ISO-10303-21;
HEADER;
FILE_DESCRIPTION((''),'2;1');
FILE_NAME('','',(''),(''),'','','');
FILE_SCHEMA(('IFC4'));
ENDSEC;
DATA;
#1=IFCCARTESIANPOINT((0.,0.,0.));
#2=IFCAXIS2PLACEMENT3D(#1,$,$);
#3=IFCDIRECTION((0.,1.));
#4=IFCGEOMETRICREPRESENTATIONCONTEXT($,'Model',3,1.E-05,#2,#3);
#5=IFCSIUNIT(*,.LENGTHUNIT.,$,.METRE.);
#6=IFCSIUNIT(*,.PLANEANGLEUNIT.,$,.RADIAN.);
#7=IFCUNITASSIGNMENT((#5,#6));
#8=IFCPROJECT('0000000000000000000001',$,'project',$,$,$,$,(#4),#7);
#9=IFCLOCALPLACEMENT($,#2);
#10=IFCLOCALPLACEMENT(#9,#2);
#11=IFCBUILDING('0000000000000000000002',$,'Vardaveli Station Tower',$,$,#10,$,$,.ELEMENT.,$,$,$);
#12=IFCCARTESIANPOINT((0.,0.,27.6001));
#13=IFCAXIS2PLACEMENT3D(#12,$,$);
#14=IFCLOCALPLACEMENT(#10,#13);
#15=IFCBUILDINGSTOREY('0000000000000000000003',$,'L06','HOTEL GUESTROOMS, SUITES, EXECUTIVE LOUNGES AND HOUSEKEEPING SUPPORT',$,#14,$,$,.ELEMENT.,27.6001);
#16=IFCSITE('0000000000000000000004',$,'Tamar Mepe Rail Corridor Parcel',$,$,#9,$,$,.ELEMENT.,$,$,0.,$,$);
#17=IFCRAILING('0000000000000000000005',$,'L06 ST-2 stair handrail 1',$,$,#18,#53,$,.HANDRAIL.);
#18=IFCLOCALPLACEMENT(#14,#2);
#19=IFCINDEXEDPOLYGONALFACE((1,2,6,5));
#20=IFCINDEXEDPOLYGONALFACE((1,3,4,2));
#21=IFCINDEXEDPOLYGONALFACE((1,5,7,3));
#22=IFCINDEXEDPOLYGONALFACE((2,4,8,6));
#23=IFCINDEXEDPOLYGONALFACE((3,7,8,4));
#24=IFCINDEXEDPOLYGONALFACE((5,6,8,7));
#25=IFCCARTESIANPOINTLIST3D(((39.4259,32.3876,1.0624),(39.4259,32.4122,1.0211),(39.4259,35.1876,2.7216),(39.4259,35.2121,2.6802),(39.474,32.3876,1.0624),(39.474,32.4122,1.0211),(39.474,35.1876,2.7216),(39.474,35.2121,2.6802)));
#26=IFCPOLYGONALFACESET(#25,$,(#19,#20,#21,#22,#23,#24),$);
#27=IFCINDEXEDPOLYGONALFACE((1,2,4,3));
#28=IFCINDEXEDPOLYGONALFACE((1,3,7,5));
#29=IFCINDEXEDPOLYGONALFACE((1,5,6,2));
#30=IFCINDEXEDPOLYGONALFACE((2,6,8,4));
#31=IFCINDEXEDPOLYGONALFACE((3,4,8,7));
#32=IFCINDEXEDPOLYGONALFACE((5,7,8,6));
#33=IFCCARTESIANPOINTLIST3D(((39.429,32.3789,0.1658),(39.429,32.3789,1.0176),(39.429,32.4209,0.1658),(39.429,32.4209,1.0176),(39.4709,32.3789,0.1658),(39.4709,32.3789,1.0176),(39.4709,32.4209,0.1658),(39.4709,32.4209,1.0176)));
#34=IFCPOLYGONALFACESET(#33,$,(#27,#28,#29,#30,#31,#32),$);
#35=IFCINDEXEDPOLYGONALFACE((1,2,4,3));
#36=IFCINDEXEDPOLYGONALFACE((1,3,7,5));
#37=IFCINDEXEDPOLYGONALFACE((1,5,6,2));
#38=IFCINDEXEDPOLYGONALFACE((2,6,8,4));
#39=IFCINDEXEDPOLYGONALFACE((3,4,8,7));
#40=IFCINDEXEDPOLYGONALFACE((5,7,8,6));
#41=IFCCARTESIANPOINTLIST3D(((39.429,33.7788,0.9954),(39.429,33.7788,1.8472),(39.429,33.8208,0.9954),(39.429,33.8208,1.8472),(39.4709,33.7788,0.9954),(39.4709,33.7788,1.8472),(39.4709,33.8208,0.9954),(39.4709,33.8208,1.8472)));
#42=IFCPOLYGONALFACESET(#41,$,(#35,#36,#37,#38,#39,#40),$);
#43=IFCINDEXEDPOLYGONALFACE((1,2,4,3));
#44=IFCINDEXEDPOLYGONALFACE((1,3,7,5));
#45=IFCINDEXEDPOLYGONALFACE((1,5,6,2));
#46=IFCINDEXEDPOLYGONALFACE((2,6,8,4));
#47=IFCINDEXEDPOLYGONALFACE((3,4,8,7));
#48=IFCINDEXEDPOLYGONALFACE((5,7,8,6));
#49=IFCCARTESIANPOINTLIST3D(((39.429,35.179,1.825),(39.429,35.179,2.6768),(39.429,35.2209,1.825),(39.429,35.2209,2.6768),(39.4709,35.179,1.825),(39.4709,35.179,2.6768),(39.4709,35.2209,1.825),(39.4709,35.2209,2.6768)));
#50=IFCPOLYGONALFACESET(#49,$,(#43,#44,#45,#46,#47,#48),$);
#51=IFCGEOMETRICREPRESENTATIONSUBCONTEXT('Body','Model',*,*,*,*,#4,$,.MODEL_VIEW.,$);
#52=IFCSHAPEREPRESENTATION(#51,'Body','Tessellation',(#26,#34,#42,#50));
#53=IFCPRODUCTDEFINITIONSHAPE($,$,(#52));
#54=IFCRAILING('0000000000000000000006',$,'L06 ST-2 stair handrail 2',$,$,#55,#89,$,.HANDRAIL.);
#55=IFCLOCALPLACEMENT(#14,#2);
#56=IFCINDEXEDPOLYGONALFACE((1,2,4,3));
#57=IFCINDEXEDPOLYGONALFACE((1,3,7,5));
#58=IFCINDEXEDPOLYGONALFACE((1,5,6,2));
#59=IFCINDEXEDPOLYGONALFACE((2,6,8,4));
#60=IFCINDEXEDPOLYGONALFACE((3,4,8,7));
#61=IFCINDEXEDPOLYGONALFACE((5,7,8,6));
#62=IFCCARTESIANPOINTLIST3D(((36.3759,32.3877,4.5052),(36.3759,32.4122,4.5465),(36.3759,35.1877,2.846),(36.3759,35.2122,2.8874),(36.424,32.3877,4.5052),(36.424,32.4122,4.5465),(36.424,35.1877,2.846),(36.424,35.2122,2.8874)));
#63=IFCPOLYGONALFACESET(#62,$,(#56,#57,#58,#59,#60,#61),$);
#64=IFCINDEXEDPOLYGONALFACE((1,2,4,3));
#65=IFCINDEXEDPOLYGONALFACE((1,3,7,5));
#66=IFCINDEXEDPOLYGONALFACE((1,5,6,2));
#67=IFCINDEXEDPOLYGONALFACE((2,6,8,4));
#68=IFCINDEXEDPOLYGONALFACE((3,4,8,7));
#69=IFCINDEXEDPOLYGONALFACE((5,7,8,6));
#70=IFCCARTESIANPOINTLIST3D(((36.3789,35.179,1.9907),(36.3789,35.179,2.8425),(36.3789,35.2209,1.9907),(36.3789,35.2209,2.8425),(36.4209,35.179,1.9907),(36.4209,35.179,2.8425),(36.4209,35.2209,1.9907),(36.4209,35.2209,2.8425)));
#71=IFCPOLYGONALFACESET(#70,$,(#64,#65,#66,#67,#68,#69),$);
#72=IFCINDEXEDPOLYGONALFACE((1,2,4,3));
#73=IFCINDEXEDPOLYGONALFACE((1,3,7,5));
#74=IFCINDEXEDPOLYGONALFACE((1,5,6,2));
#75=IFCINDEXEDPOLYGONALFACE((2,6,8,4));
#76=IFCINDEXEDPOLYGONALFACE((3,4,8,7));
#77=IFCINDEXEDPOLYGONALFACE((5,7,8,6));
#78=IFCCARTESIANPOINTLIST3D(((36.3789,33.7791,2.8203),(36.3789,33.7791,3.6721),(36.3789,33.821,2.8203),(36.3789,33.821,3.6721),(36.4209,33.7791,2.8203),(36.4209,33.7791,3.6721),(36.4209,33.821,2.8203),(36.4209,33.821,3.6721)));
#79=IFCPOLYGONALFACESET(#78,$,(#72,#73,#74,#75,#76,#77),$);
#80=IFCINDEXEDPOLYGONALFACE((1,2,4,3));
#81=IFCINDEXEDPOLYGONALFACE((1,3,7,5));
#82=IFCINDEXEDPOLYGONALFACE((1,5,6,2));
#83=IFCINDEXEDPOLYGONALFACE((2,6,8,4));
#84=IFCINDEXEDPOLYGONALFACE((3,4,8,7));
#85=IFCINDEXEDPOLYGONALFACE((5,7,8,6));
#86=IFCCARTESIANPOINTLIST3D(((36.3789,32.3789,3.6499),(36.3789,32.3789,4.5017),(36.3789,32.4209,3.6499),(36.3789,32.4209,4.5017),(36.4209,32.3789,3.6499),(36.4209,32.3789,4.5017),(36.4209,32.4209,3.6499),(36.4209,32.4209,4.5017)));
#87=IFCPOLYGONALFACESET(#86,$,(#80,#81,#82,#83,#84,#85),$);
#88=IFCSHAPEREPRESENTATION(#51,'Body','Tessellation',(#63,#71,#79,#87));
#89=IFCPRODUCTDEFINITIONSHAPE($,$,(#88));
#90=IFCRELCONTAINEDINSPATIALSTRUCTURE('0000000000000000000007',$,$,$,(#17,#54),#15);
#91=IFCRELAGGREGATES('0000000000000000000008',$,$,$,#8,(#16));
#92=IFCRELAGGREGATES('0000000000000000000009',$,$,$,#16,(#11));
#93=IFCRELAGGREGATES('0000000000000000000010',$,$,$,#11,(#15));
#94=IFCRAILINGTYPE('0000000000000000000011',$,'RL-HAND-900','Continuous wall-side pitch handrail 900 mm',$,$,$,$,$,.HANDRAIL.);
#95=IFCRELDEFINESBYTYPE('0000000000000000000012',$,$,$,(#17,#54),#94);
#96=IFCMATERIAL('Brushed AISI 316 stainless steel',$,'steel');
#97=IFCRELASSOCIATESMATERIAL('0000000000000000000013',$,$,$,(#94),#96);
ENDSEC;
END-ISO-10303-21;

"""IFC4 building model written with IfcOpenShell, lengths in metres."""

from ifc_helpers import new_model, si_unit, direction, frame, origin, origin_2d, place, context, subcontext, project, spatial, rectangle, extrude, source, transform, mapped, material, type_object, element, save


model = new_model("IFC4")

# Units and contexts
model_context = context("Model", 3, precision=1e-05, world=origin(), true_north=direction((0.0, 1.0)))
body_context = subcontext(model_context, "Body", "Model", "MODEL_VIEW")
ifc_project = project(units=[si_unit("LENGTHUNIT", "METRE"), si_unit("PLANEANGLEUNIT", "RADIAN")], contexts=[model_context])

# Site, building, storey
site_placement = place(None, origin())
site = spatial("IfcSite", under=ifc_project, at=site_placement, Name="Tamar Mepe Rail Corridor Parcel", CompositionType="ELEMENT", RefElevation=0.0)
building_placement = place(site_placement, origin())
building = spatial("IfcBuilding", under=site, at=building_placement, Name="Vardaveli Station Tower", CompositionType="ELEMENT")
storey_placement = place(building_placement, frame((0.0, 0.0, 27.6001)))
storey = spatial("IfcBuildingStorey", under=building, at=storey_placement, Name="L06", Description="HOTEL GUESTROOMS, SUITES, EXECUTIVE LOUNGES AND HOUSEKEEPING SUPPORT", CompositionType="ELEMENT", Elevation=27.6001)

# Railings
ifc_material_1 = material(Name="Brushed AISI 316 stainless steel", Category="steel")
railing_type_1 = type_object("IfcRailingType", Name="RL-HAND-900", Description="Continuous wall-side pitch handrail 900 mm", PredefinedType="HANDRAIL", material=ifc_material_1)
shared_shape_1 = source(origin(), body_context, "Body", "SweptSolid", [
    extrude(rectangle(XDim=0.0481, YDim=0.0481, at=origin_2d()), frame((0.0, 0.0, 0.876), z_axis=(0.0, 0.860306, 0.509778), x_axis=(-1.0, 0.0, 0.0)), (0.0, 0.0, 1.0), 3.2546),
    extrude(rectangle(XDim=0.042, YDim=0.042, at=origin_2d()), origin(), (0.0, 0.0, 1.0), 0.8518),
    extrude(rectangle(XDim=0.042, YDim=0.042, at=origin_2d()), frame((0.0, 1.3999, 0.8296)), (0.0, 0.0, 1.0), 0.8518),
    extrude(rectangle(XDim=0.042, YDim=0.042, at=origin_2d()), frame((0.0, 2.8, 1.6592)), (0.0, 0.0, 1.0), 0.8518),
])
railing_1_placement = place(storey_placement, frame((39.45, 32.3999, 0.1658)))
element("IfcRailing", 1, at=railing_1_placement, inside=storey, type_object=railing_type_1, Name="L06 ST-2 stair handrail 1", PredefinedType="HANDRAIL", context=body_context, shape_type="MappedRepresentation", body=[
    mapped(shared_shape_1, transform((0.0, 0.0, 0.0), scale=1.0)),
])
shared_shape_2 = source(origin(), body_context, "Body", "SweptSolid", [
    extrude(rectangle(XDim=0.0481, YDim=0.0481, at=origin_2d()), frame((0.0, 0.0, 0.876), z_axis=(0.0, -0.860306, 0.509778), x_axis=(1.0, 0.0, 0.0)), (0.0, 0.0, 1.0), 3.2546),
    extrude(rectangle(XDim=0.042, YDim=0.042, at=origin_2d()), origin(), (0.0, 0.0, 1.0), 0.8518),
    extrude(rectangle(XDim=0.042, YDim=0.042, at=origin_2d()), frame((0.0, -1.3999, 0.8296)), (0.0, 0.0, 1.0), 0.8518),
    extrude(rectangle(XDim=0.042, YDim=0.042, at=origin_2d()), frame((0.0, -2.8, 1.6592)), (0.0, 0.0, 1.0), 0.8518),
])
railing_2_placement = place(storey_placement, frame((36.3999, 35.2, 1.9907)))
element("IfcRailing", 2, at=railing_2_placement, inside=storey, type_object=railing_type_1, Name="L06 ST-2 stair handrail 2", PredefinedType="HANDRAIL", context=body_context, shape_type="MappedRepresentation", body=[
    mapped(shared_shape_2, transform((0.0, 0.0, 0.0), scale=1.0)),
])

save(model, "model.ifc")
